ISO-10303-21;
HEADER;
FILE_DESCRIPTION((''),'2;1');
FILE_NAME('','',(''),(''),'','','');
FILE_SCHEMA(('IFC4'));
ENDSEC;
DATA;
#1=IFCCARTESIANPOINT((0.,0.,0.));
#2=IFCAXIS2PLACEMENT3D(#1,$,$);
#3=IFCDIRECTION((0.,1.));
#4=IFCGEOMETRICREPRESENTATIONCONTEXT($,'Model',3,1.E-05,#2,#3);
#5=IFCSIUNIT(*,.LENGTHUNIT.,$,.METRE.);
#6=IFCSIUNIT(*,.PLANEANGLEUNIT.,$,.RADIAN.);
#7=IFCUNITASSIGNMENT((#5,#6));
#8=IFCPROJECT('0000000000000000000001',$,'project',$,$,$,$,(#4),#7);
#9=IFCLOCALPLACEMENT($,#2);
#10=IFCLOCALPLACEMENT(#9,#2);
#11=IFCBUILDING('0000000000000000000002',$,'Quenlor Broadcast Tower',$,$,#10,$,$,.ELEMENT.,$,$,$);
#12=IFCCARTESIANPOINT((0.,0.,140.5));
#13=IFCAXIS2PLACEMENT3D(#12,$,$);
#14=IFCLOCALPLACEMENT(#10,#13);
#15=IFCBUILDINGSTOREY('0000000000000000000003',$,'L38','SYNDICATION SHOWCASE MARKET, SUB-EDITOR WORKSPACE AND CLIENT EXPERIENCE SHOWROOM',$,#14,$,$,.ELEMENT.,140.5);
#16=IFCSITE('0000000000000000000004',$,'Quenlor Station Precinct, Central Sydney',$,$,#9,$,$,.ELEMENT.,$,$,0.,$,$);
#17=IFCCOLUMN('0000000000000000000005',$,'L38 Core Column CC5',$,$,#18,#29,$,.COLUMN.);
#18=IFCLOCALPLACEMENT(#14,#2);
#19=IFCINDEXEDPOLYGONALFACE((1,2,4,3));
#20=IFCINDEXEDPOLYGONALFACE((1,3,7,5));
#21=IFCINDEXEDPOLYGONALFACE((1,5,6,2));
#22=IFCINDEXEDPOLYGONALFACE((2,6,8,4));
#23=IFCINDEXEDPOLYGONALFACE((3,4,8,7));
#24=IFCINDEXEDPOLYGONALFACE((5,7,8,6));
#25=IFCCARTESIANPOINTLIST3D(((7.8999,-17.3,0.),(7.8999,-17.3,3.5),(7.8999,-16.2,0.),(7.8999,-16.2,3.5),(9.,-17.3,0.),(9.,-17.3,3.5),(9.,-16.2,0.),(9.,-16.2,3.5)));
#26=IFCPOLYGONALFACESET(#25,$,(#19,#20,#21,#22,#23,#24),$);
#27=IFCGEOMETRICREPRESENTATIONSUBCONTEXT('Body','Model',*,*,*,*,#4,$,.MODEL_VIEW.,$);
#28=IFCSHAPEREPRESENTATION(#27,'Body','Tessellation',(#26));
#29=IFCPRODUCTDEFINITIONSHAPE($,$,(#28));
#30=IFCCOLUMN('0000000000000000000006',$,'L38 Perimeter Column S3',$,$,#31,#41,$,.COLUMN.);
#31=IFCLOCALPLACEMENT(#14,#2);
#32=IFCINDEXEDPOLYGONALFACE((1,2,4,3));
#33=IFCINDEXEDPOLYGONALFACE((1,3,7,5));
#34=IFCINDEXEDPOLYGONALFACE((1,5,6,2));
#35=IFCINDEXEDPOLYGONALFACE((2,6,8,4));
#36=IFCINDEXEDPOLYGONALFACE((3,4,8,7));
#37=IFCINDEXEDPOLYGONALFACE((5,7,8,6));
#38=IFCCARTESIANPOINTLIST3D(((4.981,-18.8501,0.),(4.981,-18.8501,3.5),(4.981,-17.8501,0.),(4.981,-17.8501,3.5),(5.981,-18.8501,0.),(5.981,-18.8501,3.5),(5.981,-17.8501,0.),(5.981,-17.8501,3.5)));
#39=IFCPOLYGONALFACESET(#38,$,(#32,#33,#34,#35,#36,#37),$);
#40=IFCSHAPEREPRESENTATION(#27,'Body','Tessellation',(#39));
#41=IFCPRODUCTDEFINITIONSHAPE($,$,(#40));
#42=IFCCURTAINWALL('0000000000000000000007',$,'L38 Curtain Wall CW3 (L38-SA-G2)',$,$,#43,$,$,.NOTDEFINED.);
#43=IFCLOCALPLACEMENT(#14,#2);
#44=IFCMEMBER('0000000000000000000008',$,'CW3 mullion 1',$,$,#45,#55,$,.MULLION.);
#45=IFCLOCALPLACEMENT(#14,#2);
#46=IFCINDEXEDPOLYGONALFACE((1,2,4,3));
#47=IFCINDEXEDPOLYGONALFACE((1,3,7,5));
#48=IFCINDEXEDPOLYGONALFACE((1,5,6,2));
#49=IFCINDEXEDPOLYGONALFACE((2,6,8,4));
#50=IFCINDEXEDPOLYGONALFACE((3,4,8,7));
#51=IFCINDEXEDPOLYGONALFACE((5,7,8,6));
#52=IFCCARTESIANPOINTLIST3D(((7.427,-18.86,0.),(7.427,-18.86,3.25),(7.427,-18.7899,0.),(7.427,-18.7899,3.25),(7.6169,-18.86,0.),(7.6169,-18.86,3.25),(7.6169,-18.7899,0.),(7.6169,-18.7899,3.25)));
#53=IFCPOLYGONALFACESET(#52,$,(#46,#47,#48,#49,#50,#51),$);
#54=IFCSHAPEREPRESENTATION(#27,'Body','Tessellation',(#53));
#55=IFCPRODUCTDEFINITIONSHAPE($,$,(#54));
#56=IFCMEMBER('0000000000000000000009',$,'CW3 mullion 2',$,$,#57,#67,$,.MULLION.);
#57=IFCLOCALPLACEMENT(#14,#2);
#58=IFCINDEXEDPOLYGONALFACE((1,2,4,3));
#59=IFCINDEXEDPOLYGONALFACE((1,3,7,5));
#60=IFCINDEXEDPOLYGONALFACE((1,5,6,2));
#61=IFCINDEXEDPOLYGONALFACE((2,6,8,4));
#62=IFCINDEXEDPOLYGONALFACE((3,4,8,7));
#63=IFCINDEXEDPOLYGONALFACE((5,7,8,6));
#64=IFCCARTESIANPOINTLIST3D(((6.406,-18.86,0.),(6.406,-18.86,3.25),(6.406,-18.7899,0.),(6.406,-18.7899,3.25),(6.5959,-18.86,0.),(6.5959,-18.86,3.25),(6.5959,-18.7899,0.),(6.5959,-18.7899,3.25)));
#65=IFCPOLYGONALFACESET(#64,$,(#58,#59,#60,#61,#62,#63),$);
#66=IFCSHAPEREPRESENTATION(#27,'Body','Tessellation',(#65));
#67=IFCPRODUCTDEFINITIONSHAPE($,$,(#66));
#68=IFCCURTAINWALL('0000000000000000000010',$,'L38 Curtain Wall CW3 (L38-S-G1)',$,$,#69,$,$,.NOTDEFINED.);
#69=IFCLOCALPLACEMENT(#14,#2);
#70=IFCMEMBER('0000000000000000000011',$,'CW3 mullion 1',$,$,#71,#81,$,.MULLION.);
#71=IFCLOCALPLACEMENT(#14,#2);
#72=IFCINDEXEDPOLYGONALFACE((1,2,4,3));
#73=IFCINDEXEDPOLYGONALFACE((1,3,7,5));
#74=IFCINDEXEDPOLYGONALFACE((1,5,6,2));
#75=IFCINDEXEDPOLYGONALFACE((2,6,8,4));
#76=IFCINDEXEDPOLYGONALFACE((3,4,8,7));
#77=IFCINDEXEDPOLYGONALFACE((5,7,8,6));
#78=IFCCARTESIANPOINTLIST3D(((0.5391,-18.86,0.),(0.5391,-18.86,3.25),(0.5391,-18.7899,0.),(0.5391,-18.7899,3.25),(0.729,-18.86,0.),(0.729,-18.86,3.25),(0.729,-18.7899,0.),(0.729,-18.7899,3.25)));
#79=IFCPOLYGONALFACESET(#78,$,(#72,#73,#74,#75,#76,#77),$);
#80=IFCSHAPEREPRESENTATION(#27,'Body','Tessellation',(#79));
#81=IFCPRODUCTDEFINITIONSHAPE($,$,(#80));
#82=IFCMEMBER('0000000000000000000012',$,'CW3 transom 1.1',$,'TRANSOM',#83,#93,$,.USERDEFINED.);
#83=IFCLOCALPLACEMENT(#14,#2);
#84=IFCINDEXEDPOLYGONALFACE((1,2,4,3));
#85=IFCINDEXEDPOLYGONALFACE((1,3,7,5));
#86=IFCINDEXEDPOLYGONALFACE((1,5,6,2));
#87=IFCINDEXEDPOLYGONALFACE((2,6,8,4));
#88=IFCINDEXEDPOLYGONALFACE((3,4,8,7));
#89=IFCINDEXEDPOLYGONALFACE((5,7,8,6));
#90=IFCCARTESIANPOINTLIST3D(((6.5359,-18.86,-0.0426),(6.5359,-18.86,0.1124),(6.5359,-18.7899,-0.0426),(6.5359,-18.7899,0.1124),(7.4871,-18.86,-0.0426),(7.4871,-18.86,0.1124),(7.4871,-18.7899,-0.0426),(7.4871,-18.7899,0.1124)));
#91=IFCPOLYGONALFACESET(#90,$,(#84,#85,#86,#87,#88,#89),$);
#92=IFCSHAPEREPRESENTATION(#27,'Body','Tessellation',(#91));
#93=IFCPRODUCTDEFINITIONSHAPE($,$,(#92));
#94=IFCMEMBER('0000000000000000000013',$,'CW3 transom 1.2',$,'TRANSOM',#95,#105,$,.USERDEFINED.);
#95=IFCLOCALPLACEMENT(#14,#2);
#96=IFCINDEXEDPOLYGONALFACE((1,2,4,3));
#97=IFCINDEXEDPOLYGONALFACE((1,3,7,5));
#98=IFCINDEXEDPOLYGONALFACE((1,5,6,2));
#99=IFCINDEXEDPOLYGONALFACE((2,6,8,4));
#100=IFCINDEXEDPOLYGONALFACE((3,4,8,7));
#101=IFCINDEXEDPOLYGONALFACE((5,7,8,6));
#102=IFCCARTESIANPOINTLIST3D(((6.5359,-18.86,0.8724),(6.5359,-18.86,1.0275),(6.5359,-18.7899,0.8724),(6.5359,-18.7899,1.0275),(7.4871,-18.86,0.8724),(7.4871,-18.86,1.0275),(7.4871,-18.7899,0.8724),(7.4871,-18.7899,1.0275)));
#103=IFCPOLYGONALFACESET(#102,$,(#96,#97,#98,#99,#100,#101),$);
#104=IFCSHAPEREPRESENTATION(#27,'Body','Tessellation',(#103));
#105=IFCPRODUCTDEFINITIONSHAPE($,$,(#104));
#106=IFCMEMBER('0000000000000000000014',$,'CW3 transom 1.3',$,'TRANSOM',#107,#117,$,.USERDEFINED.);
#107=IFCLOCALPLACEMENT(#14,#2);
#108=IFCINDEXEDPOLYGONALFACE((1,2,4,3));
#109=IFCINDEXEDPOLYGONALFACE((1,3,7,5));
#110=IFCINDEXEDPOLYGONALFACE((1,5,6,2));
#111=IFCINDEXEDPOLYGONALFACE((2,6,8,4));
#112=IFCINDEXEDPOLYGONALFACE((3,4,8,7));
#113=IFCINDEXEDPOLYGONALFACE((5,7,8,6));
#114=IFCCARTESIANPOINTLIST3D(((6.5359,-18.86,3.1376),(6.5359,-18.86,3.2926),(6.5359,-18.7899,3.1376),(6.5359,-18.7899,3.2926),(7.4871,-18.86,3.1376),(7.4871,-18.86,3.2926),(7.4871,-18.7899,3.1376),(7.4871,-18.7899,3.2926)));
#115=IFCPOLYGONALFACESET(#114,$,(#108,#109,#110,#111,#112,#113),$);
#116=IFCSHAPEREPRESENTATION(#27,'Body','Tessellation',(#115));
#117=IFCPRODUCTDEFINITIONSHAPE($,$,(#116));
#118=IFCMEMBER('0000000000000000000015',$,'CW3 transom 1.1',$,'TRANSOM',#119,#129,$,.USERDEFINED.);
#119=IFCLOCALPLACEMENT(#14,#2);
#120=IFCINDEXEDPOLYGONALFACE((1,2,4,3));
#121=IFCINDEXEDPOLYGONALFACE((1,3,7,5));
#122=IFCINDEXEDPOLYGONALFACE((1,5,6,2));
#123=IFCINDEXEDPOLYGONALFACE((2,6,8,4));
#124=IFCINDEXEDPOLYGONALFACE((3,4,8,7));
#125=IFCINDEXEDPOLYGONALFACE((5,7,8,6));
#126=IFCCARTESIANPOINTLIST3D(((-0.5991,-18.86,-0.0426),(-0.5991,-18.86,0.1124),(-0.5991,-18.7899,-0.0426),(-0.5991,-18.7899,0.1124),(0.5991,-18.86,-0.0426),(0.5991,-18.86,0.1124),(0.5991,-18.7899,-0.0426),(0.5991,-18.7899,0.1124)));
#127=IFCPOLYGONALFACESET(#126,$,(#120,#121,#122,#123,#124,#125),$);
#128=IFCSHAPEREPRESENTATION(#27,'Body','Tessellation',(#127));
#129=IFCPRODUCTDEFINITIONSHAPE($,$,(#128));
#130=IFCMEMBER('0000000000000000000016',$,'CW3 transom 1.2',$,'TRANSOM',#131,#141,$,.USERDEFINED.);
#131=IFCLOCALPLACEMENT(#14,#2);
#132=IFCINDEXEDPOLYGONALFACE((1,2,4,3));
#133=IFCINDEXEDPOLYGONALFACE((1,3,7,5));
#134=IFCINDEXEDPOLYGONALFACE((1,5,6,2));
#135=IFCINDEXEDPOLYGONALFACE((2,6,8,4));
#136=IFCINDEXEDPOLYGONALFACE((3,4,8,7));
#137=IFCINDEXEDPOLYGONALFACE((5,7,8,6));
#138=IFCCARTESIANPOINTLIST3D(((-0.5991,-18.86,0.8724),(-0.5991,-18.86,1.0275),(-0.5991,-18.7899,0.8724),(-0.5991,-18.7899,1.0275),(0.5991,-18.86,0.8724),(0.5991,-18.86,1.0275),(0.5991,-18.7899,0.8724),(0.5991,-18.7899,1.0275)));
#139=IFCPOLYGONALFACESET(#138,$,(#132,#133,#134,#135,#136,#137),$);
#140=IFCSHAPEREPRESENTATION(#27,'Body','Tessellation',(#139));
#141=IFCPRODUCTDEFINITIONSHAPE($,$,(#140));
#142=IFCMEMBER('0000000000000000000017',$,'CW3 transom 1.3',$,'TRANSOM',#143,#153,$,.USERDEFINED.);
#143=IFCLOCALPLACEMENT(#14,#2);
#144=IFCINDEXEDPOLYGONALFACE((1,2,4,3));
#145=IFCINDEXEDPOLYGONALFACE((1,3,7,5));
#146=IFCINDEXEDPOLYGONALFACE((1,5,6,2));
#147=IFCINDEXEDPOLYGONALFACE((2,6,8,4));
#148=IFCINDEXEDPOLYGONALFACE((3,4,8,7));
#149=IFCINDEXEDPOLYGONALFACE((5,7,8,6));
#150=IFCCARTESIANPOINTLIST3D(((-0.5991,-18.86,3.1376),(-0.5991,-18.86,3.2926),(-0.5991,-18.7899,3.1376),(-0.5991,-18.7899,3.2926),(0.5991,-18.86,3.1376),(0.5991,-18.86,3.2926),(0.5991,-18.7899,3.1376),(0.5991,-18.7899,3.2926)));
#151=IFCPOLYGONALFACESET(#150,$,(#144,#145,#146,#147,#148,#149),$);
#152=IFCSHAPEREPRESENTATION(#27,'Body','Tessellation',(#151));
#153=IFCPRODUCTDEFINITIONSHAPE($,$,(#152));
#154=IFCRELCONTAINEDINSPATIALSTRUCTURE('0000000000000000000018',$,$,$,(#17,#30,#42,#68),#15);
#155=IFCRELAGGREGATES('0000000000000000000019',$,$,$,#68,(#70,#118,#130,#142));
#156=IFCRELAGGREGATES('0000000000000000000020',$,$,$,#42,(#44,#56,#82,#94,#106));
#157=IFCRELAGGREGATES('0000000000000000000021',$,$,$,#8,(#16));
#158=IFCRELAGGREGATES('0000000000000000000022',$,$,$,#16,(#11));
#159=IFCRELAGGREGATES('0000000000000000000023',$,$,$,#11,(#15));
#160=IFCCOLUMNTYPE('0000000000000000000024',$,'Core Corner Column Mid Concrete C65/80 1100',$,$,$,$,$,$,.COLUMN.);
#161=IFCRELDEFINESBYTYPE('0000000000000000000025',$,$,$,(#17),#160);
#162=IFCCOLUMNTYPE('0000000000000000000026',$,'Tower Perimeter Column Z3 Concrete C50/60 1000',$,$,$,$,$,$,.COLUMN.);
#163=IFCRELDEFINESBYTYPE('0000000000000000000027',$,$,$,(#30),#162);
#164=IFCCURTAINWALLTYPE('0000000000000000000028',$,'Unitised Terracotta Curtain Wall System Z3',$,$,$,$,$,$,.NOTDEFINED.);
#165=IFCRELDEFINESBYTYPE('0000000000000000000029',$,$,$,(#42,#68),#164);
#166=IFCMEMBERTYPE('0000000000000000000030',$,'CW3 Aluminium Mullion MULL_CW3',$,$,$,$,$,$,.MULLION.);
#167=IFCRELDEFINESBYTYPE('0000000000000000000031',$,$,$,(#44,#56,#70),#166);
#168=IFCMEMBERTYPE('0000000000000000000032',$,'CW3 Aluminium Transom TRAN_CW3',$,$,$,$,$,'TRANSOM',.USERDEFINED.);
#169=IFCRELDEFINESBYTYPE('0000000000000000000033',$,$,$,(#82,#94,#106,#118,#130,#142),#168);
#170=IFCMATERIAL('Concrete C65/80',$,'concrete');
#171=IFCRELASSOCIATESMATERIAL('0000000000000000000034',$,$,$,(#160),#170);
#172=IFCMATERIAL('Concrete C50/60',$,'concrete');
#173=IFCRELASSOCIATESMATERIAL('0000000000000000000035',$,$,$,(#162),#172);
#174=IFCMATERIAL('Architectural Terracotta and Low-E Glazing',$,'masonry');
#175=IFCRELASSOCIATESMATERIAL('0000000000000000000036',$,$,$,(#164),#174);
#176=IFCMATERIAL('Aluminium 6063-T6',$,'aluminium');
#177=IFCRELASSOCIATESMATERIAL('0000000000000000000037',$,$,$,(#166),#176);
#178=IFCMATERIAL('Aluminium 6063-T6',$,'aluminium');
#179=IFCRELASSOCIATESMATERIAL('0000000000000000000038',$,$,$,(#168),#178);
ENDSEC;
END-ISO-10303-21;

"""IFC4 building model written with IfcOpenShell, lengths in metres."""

from ifc_helpers import new_model, si_unit, direction, frame, origin, origin_2d, place, context, subcontext, project, spatial, rectangle, extrude, material, material_profile, profile_set, type_object, element, aggregate, save


model = new_model("IFC4")

# Units and contexts
model_context = context("Model", 3, precision=1e-05, world=origin(), true_north=direction((0.0, 1.0)))
body_context = subcontext(model_context, "Body", "Model", "MODEL_VIEW")
ifc_project = project(units=[si_unit("LENGTHUNIT", "METRE"), si_unit("PLANEANGLEUNIT", "RADIAN")], contexts=[model_context])

# Site, building, storey
site_placement = place(None, origin())
site = spatial("IfcSite", under=ifc_project, at=site_placement, Name="Quenlor Station Precinct, Central Sydney", CompositionType="ELEMENT", RefElevation=0.0)
building_placement = place(site_placement, origin())
building = spatial("IfcBuilding", under=site, at=building_placement, Name="Quenlor Broadcast Tower", CompositionType="ELEMENT")
storey_placement = place(building_placement, frame((0.0, 0.0, 140.5)))
storey = spatial("IfcBuildingStorey", under=building, at=storey_placement, Name="L38", Description="SYNDICATION SHOWCASE MARKET, SUB-EDITOR WORKSPACE AND CLIENT EXPERIENCE SHOWROOM", CompositionType="ELEMENT", Elevation=140.5)

# Columns
ifc_material_1 = material(Name="Concrete C65/80", Category="concrete")
ifc_material_profile_1 = material_profile(ifc_material_1, rectangle(XDim=1.1001, YDim=1.1001, at=origin_2d()))
ifc_profile_set_1 = profile_set([ifc_material_profile_1], Name="Concrete C65/80 RC1100x1100")
column_type_1 = type_object("IfcColumnType", Name="Core Corner Column Mid Concrete C65/80 1100", PredefinedType="COLUMN", material=ifc_profile_set_1)
column_1_placement = place(storey_placement, frame((8.45, -16.75, 0.0), z_axis=(0.0, 0.0, 1.0), x_axis=(1.0, 0.0, 0.0)))
element("IfcColumn", 1, at=column_1_placement, inside=storey, type_object=column_type_1, Name="L38 Core Column CC5", PredefinedType="COLUMN", context=body_context, shape_type="SweptSolid", body=[
    extrude(rectangle(XDim=1.1001, YDim=1.1001, at=origin_2d()), origin(), (0.0, 0.0, 1.0), 3.5),
])
ifc_material_2 = material(Name="Concrete C50/60", Category="concrete")
ifc_material_profile_2 = material_profile(ifc_material_2, rectangle(XDim=1.0, YDim=1.0, at=origin_2d()))
ifc_profile_set_2 = profile_set([ifc_material_profile_2], Name="Concrete C50/60 RC1000x1000")
column_type_2 = type_object("IfcColumnType", Name="Tower Perimeter Column Z3 Concrete C50/60 1000", PredefinedType="COLUMN", material=ifc_profile_set_2)
column_2_placement = place(storey_placement, frame((5.481, -18.3501, 0.0), z_axis=(0.0, 0.0, 1.0), x_axis=(0.0, 1.0, 0.0)))
element("IfcColumn", 2, at=column_2_placement, inside=storey, type_object=column_type_2, Name="L38 Perimeter Column S3", PredefinedType="COLUMN", context=body_context, shape_type="SweptSolid", body=[
    extrude(rectangle(XDim=1.0, YDim=1.0, at=origin_2d()), origin(), (0.0, 0.0, 1.0), 3.5),
])

# Curtain wall, members
ifc_material_3 = material(Name="Architectural Terracotta and Low-E Glazing", Category="masonry")
curtain_wall_type = type_object("IfcCurtainWallType", Name="Unitised Terracotta Curtain Wall System Z3", PredefinedType="NOTDEFINED", material=ifc_material_3)
curtain_wall_1_placement = place(storey_placement, origin())
curtain_wall_1 = element("IfcCurtainWall", 3, at=curtain_wall_1_placement, inside=storey, type_object=curtain_wall_type, Name="L38 Curtain Wall CW3 (L38-SA-G2)", PredefinedType="NOTDEFINED")
ifc_material_4 = material(Name="Aluminium 6063-T6", Category="aluminium")
ifc_material_profile_3 = material_profile(ifc_material_4, rectangle(XDim=0.0701, YDim=0.1899, at=origin_2d()))
ifc_profile_set_3 = profile_set([ifc_material_profile_3], Name="Aluminium 6063-T6 MULL70x190")
member_type_1 = type_object("IfcMemberType", Name="CW3 Aluminium Mullion MULL_CW3", PredefinedType="MULLION", material=ifc_profile_set_3)
member_1_placement = place(storey_placement, frame((7.522, -18.825, 0.0), z_axis=(0.0, 0.0, 1.0), x_axis=(0.0, -1.0, 0.0)))
member_1 = element("IfcMember", 4, at=member_1_placement, type_object=member_type_1, Name="CW3 mullion 1", PredefinedType="MULLION", context=body_context, shape_type="SweptSolid", body=[
    extrude(rectangle(XDim=0.0701, YDim=0.1899, at=origin_2d()), origin(), (0.0, 0.0, 1.0), 3.25),
])
member_2_placement = place(storey_placement, frame((6.501, -18.825, 0.0), z_axis=(0.0, 0.0, 1.0), x_axis=(0.0, -1.0, 0.0)))
member_2 = element("IfcMember", 5, at=member_2_placement, type_object=member_type_1, Name="CW3 mullion 2", PredefinedType="MULLION", context=body_context, shape_type="SweptSolid", body=[
    extrude(rectangle(XDim=0.0701, YDim=0.1899, at=origin_2d()), origin(), (0.0, 0.0, 1.0), 3.25),
])

# Curtain wall, member
curtain_wall_2_placement = place(storey_placement, origin())
curtain_wall_2 = element("IfcCurtainWall", 6, at=curtain_wall_2_placement, inside=storey, type_object=curtain_wall_type, Name="L38 Curtain Wall CW3 (L38-S-G1)", PredefinedType="NOTDEFINED")
member_3_placement = place(storey_placement, frame((0.634, -18.825, 0.0), z_axis=(0.0, 0.0, 1.0), x_axis=(0.0, -1.0, 0.0)))
member_3 = element("IfcMember", 7, at=member_3_placement, type_object=member_type_1, Name="CW3 mullion 1", PredefinedType="MULLION", context=body_context, shape_type="SweptSolid", body=[
    extrude(rectangle(XDim=0.0701, YDim=0.1899, at=origin_2d()), origin(), (0.0, 0.0, 1.0), 3.25),
])

# Members
ifc_material_5 = material(Name="Aluminium 6063-T6", Category="aluminium")
ifc_material_profile_4 = material_profile(ifc_material_5, rectangle(XDim=0.0701, YDim=0.155, at=origin_2d()))
ifc_profile_set_4 = profile_set([ifc_material_profile_4], Name="Aluminium 6063-T6 TRAN70x155")
member_type_2 = type_object("IfcMemberType", Name="CW3 Aluminium Transom TRAN_CW3", ElementType="TRANSOM", PredefinedType="USERDEFINED", material=ifc_profile_set_4)
member_4_placement = place(storey_placement, frame((7.4871, -18.825, 0.0349), z_axis=(-1.0, 0.0, 0.0), x_axis=(0.0, -1.0, 0.0)))
member_4 = element("IfcMember", 8, at=member_4_placement, type_object=member_type_2, Name="CW3 transom 1.1", ObjectType="TRANSOM", PredefinedType="USERDEFINED", context=body_context, shape_type="SweptSolid", body=[
    extrude(rectangle(XDim=0.0701, YDim=0.155, at=origin_2d()), origin(), (0.0, 0.0, 1.0), 0.9512),
])
member_5_placement = place(storey_placement, frame((7.4871, -18.825, 0.95), z_axis=(-1.0, 0.0, 0.0), x_axis=(0.0, -1.0, 0.0)))
member_5 = element("IfcMember", 9, at=member_5_placement, type_object=member_type_2, Name="CW3 transom 1.2", ObjectType="TRANSOM", PredefinedType="USERDEFINED", context=body_context, shape_type="SweptSolid", body=[
    extrude(rectangle(XDim=0.0701, YDim=0.155, at=origin_2d()), origin(), (0.0, 0.0, 1.0), 0.9512),
])
member_6_placement = place(storey_placement, frame((7.4871, -18.825, 3.2151), z_axis=(-1.0, 0.0, 0.0), x_axis=(0.0, -1.0, 0.0)))
member_6 = element("IfcMember", 10, at=member_6_placement, type_object=member_type_2, Name="CW3 transom 1.3", ObjectType="TRANSOM", PredefinedType="USERDEFINED", context=body_context, shape_type="SweptSolid", body=[
    extrude(rectangle(XDim=0.0701, YDim=0.155, at=origin_2d()), origin(), (0.0, 0.0, 1.0), 0.9512),
])
member_7_placement = place(storey_placement, frame((0.5991, -18.825, 0.0349), z_axis=(-1.0, 0.0, 0.0), x_axis=(0.0, -1.0, 0.0)))
member_7 = element("IfcMember", 11, at=member_7_placement, type_object=member_type_2, Name="CW3 transom 1.1", ObjectType="TRANSOM", PredefinedType="USERDEFINED", context=body_context, shape_type="SweptSolid", body=[
    extrude(rectangle(XDim=0.0701, YDim=0.155, at=origin_2d()), origin(), (0.0, 0.0, 1.0), 1.1982),
])
member_8_placement = place(storey_placement, frame((0.5991, -18.825, 0.95), z_axis=(-1.0, 0.0, 0.0), x_axis=(0.0, -1.0, 0.0)))
member_8 = element("IfcMember", 12, at=member_8_placement, type_object=member_type_2, Name="CW3 transom 1.2", ObjectType="TRANSOM", PredefinedType="USERDEFINED", context=body_context, shape_type="SweptSolid", body=[
    extrude(rectangle(XDim=0.0701, YDim=0.155, at=origin_2d()), origin(), (0.0, 0.0, 1.0), 1.1982),
])
member_9_placement = place(storey_placement, frame((0.5991, -18.825, 3.2151), z_axis=(-1.0, 0.0, 0.0), x_axis=(0.0, -1.0, 0.0)))
member_9 = element("IfcMember", 13, at=member_9_placement, type_object=member_type_2, Name="CW3 transom 1.3", ObjectType="TRANSOM", PredefinedType="USERDEFINED", context=body_context, shape_type="SweptSolid", body=[
    extrude(rectangle(XDim=0.0701, YDim=0.155, at=origin_2d()), origin(), (0.0, 0.0, 1.0), 1.1982),
])
aggregate(curtain_wall_2, [member_3, member_7, member_8, member_9])

aggregate(curtain_wall_1, [member_1, member_2, member_4, member_5, member_6])

save(model, "model.ifc")
